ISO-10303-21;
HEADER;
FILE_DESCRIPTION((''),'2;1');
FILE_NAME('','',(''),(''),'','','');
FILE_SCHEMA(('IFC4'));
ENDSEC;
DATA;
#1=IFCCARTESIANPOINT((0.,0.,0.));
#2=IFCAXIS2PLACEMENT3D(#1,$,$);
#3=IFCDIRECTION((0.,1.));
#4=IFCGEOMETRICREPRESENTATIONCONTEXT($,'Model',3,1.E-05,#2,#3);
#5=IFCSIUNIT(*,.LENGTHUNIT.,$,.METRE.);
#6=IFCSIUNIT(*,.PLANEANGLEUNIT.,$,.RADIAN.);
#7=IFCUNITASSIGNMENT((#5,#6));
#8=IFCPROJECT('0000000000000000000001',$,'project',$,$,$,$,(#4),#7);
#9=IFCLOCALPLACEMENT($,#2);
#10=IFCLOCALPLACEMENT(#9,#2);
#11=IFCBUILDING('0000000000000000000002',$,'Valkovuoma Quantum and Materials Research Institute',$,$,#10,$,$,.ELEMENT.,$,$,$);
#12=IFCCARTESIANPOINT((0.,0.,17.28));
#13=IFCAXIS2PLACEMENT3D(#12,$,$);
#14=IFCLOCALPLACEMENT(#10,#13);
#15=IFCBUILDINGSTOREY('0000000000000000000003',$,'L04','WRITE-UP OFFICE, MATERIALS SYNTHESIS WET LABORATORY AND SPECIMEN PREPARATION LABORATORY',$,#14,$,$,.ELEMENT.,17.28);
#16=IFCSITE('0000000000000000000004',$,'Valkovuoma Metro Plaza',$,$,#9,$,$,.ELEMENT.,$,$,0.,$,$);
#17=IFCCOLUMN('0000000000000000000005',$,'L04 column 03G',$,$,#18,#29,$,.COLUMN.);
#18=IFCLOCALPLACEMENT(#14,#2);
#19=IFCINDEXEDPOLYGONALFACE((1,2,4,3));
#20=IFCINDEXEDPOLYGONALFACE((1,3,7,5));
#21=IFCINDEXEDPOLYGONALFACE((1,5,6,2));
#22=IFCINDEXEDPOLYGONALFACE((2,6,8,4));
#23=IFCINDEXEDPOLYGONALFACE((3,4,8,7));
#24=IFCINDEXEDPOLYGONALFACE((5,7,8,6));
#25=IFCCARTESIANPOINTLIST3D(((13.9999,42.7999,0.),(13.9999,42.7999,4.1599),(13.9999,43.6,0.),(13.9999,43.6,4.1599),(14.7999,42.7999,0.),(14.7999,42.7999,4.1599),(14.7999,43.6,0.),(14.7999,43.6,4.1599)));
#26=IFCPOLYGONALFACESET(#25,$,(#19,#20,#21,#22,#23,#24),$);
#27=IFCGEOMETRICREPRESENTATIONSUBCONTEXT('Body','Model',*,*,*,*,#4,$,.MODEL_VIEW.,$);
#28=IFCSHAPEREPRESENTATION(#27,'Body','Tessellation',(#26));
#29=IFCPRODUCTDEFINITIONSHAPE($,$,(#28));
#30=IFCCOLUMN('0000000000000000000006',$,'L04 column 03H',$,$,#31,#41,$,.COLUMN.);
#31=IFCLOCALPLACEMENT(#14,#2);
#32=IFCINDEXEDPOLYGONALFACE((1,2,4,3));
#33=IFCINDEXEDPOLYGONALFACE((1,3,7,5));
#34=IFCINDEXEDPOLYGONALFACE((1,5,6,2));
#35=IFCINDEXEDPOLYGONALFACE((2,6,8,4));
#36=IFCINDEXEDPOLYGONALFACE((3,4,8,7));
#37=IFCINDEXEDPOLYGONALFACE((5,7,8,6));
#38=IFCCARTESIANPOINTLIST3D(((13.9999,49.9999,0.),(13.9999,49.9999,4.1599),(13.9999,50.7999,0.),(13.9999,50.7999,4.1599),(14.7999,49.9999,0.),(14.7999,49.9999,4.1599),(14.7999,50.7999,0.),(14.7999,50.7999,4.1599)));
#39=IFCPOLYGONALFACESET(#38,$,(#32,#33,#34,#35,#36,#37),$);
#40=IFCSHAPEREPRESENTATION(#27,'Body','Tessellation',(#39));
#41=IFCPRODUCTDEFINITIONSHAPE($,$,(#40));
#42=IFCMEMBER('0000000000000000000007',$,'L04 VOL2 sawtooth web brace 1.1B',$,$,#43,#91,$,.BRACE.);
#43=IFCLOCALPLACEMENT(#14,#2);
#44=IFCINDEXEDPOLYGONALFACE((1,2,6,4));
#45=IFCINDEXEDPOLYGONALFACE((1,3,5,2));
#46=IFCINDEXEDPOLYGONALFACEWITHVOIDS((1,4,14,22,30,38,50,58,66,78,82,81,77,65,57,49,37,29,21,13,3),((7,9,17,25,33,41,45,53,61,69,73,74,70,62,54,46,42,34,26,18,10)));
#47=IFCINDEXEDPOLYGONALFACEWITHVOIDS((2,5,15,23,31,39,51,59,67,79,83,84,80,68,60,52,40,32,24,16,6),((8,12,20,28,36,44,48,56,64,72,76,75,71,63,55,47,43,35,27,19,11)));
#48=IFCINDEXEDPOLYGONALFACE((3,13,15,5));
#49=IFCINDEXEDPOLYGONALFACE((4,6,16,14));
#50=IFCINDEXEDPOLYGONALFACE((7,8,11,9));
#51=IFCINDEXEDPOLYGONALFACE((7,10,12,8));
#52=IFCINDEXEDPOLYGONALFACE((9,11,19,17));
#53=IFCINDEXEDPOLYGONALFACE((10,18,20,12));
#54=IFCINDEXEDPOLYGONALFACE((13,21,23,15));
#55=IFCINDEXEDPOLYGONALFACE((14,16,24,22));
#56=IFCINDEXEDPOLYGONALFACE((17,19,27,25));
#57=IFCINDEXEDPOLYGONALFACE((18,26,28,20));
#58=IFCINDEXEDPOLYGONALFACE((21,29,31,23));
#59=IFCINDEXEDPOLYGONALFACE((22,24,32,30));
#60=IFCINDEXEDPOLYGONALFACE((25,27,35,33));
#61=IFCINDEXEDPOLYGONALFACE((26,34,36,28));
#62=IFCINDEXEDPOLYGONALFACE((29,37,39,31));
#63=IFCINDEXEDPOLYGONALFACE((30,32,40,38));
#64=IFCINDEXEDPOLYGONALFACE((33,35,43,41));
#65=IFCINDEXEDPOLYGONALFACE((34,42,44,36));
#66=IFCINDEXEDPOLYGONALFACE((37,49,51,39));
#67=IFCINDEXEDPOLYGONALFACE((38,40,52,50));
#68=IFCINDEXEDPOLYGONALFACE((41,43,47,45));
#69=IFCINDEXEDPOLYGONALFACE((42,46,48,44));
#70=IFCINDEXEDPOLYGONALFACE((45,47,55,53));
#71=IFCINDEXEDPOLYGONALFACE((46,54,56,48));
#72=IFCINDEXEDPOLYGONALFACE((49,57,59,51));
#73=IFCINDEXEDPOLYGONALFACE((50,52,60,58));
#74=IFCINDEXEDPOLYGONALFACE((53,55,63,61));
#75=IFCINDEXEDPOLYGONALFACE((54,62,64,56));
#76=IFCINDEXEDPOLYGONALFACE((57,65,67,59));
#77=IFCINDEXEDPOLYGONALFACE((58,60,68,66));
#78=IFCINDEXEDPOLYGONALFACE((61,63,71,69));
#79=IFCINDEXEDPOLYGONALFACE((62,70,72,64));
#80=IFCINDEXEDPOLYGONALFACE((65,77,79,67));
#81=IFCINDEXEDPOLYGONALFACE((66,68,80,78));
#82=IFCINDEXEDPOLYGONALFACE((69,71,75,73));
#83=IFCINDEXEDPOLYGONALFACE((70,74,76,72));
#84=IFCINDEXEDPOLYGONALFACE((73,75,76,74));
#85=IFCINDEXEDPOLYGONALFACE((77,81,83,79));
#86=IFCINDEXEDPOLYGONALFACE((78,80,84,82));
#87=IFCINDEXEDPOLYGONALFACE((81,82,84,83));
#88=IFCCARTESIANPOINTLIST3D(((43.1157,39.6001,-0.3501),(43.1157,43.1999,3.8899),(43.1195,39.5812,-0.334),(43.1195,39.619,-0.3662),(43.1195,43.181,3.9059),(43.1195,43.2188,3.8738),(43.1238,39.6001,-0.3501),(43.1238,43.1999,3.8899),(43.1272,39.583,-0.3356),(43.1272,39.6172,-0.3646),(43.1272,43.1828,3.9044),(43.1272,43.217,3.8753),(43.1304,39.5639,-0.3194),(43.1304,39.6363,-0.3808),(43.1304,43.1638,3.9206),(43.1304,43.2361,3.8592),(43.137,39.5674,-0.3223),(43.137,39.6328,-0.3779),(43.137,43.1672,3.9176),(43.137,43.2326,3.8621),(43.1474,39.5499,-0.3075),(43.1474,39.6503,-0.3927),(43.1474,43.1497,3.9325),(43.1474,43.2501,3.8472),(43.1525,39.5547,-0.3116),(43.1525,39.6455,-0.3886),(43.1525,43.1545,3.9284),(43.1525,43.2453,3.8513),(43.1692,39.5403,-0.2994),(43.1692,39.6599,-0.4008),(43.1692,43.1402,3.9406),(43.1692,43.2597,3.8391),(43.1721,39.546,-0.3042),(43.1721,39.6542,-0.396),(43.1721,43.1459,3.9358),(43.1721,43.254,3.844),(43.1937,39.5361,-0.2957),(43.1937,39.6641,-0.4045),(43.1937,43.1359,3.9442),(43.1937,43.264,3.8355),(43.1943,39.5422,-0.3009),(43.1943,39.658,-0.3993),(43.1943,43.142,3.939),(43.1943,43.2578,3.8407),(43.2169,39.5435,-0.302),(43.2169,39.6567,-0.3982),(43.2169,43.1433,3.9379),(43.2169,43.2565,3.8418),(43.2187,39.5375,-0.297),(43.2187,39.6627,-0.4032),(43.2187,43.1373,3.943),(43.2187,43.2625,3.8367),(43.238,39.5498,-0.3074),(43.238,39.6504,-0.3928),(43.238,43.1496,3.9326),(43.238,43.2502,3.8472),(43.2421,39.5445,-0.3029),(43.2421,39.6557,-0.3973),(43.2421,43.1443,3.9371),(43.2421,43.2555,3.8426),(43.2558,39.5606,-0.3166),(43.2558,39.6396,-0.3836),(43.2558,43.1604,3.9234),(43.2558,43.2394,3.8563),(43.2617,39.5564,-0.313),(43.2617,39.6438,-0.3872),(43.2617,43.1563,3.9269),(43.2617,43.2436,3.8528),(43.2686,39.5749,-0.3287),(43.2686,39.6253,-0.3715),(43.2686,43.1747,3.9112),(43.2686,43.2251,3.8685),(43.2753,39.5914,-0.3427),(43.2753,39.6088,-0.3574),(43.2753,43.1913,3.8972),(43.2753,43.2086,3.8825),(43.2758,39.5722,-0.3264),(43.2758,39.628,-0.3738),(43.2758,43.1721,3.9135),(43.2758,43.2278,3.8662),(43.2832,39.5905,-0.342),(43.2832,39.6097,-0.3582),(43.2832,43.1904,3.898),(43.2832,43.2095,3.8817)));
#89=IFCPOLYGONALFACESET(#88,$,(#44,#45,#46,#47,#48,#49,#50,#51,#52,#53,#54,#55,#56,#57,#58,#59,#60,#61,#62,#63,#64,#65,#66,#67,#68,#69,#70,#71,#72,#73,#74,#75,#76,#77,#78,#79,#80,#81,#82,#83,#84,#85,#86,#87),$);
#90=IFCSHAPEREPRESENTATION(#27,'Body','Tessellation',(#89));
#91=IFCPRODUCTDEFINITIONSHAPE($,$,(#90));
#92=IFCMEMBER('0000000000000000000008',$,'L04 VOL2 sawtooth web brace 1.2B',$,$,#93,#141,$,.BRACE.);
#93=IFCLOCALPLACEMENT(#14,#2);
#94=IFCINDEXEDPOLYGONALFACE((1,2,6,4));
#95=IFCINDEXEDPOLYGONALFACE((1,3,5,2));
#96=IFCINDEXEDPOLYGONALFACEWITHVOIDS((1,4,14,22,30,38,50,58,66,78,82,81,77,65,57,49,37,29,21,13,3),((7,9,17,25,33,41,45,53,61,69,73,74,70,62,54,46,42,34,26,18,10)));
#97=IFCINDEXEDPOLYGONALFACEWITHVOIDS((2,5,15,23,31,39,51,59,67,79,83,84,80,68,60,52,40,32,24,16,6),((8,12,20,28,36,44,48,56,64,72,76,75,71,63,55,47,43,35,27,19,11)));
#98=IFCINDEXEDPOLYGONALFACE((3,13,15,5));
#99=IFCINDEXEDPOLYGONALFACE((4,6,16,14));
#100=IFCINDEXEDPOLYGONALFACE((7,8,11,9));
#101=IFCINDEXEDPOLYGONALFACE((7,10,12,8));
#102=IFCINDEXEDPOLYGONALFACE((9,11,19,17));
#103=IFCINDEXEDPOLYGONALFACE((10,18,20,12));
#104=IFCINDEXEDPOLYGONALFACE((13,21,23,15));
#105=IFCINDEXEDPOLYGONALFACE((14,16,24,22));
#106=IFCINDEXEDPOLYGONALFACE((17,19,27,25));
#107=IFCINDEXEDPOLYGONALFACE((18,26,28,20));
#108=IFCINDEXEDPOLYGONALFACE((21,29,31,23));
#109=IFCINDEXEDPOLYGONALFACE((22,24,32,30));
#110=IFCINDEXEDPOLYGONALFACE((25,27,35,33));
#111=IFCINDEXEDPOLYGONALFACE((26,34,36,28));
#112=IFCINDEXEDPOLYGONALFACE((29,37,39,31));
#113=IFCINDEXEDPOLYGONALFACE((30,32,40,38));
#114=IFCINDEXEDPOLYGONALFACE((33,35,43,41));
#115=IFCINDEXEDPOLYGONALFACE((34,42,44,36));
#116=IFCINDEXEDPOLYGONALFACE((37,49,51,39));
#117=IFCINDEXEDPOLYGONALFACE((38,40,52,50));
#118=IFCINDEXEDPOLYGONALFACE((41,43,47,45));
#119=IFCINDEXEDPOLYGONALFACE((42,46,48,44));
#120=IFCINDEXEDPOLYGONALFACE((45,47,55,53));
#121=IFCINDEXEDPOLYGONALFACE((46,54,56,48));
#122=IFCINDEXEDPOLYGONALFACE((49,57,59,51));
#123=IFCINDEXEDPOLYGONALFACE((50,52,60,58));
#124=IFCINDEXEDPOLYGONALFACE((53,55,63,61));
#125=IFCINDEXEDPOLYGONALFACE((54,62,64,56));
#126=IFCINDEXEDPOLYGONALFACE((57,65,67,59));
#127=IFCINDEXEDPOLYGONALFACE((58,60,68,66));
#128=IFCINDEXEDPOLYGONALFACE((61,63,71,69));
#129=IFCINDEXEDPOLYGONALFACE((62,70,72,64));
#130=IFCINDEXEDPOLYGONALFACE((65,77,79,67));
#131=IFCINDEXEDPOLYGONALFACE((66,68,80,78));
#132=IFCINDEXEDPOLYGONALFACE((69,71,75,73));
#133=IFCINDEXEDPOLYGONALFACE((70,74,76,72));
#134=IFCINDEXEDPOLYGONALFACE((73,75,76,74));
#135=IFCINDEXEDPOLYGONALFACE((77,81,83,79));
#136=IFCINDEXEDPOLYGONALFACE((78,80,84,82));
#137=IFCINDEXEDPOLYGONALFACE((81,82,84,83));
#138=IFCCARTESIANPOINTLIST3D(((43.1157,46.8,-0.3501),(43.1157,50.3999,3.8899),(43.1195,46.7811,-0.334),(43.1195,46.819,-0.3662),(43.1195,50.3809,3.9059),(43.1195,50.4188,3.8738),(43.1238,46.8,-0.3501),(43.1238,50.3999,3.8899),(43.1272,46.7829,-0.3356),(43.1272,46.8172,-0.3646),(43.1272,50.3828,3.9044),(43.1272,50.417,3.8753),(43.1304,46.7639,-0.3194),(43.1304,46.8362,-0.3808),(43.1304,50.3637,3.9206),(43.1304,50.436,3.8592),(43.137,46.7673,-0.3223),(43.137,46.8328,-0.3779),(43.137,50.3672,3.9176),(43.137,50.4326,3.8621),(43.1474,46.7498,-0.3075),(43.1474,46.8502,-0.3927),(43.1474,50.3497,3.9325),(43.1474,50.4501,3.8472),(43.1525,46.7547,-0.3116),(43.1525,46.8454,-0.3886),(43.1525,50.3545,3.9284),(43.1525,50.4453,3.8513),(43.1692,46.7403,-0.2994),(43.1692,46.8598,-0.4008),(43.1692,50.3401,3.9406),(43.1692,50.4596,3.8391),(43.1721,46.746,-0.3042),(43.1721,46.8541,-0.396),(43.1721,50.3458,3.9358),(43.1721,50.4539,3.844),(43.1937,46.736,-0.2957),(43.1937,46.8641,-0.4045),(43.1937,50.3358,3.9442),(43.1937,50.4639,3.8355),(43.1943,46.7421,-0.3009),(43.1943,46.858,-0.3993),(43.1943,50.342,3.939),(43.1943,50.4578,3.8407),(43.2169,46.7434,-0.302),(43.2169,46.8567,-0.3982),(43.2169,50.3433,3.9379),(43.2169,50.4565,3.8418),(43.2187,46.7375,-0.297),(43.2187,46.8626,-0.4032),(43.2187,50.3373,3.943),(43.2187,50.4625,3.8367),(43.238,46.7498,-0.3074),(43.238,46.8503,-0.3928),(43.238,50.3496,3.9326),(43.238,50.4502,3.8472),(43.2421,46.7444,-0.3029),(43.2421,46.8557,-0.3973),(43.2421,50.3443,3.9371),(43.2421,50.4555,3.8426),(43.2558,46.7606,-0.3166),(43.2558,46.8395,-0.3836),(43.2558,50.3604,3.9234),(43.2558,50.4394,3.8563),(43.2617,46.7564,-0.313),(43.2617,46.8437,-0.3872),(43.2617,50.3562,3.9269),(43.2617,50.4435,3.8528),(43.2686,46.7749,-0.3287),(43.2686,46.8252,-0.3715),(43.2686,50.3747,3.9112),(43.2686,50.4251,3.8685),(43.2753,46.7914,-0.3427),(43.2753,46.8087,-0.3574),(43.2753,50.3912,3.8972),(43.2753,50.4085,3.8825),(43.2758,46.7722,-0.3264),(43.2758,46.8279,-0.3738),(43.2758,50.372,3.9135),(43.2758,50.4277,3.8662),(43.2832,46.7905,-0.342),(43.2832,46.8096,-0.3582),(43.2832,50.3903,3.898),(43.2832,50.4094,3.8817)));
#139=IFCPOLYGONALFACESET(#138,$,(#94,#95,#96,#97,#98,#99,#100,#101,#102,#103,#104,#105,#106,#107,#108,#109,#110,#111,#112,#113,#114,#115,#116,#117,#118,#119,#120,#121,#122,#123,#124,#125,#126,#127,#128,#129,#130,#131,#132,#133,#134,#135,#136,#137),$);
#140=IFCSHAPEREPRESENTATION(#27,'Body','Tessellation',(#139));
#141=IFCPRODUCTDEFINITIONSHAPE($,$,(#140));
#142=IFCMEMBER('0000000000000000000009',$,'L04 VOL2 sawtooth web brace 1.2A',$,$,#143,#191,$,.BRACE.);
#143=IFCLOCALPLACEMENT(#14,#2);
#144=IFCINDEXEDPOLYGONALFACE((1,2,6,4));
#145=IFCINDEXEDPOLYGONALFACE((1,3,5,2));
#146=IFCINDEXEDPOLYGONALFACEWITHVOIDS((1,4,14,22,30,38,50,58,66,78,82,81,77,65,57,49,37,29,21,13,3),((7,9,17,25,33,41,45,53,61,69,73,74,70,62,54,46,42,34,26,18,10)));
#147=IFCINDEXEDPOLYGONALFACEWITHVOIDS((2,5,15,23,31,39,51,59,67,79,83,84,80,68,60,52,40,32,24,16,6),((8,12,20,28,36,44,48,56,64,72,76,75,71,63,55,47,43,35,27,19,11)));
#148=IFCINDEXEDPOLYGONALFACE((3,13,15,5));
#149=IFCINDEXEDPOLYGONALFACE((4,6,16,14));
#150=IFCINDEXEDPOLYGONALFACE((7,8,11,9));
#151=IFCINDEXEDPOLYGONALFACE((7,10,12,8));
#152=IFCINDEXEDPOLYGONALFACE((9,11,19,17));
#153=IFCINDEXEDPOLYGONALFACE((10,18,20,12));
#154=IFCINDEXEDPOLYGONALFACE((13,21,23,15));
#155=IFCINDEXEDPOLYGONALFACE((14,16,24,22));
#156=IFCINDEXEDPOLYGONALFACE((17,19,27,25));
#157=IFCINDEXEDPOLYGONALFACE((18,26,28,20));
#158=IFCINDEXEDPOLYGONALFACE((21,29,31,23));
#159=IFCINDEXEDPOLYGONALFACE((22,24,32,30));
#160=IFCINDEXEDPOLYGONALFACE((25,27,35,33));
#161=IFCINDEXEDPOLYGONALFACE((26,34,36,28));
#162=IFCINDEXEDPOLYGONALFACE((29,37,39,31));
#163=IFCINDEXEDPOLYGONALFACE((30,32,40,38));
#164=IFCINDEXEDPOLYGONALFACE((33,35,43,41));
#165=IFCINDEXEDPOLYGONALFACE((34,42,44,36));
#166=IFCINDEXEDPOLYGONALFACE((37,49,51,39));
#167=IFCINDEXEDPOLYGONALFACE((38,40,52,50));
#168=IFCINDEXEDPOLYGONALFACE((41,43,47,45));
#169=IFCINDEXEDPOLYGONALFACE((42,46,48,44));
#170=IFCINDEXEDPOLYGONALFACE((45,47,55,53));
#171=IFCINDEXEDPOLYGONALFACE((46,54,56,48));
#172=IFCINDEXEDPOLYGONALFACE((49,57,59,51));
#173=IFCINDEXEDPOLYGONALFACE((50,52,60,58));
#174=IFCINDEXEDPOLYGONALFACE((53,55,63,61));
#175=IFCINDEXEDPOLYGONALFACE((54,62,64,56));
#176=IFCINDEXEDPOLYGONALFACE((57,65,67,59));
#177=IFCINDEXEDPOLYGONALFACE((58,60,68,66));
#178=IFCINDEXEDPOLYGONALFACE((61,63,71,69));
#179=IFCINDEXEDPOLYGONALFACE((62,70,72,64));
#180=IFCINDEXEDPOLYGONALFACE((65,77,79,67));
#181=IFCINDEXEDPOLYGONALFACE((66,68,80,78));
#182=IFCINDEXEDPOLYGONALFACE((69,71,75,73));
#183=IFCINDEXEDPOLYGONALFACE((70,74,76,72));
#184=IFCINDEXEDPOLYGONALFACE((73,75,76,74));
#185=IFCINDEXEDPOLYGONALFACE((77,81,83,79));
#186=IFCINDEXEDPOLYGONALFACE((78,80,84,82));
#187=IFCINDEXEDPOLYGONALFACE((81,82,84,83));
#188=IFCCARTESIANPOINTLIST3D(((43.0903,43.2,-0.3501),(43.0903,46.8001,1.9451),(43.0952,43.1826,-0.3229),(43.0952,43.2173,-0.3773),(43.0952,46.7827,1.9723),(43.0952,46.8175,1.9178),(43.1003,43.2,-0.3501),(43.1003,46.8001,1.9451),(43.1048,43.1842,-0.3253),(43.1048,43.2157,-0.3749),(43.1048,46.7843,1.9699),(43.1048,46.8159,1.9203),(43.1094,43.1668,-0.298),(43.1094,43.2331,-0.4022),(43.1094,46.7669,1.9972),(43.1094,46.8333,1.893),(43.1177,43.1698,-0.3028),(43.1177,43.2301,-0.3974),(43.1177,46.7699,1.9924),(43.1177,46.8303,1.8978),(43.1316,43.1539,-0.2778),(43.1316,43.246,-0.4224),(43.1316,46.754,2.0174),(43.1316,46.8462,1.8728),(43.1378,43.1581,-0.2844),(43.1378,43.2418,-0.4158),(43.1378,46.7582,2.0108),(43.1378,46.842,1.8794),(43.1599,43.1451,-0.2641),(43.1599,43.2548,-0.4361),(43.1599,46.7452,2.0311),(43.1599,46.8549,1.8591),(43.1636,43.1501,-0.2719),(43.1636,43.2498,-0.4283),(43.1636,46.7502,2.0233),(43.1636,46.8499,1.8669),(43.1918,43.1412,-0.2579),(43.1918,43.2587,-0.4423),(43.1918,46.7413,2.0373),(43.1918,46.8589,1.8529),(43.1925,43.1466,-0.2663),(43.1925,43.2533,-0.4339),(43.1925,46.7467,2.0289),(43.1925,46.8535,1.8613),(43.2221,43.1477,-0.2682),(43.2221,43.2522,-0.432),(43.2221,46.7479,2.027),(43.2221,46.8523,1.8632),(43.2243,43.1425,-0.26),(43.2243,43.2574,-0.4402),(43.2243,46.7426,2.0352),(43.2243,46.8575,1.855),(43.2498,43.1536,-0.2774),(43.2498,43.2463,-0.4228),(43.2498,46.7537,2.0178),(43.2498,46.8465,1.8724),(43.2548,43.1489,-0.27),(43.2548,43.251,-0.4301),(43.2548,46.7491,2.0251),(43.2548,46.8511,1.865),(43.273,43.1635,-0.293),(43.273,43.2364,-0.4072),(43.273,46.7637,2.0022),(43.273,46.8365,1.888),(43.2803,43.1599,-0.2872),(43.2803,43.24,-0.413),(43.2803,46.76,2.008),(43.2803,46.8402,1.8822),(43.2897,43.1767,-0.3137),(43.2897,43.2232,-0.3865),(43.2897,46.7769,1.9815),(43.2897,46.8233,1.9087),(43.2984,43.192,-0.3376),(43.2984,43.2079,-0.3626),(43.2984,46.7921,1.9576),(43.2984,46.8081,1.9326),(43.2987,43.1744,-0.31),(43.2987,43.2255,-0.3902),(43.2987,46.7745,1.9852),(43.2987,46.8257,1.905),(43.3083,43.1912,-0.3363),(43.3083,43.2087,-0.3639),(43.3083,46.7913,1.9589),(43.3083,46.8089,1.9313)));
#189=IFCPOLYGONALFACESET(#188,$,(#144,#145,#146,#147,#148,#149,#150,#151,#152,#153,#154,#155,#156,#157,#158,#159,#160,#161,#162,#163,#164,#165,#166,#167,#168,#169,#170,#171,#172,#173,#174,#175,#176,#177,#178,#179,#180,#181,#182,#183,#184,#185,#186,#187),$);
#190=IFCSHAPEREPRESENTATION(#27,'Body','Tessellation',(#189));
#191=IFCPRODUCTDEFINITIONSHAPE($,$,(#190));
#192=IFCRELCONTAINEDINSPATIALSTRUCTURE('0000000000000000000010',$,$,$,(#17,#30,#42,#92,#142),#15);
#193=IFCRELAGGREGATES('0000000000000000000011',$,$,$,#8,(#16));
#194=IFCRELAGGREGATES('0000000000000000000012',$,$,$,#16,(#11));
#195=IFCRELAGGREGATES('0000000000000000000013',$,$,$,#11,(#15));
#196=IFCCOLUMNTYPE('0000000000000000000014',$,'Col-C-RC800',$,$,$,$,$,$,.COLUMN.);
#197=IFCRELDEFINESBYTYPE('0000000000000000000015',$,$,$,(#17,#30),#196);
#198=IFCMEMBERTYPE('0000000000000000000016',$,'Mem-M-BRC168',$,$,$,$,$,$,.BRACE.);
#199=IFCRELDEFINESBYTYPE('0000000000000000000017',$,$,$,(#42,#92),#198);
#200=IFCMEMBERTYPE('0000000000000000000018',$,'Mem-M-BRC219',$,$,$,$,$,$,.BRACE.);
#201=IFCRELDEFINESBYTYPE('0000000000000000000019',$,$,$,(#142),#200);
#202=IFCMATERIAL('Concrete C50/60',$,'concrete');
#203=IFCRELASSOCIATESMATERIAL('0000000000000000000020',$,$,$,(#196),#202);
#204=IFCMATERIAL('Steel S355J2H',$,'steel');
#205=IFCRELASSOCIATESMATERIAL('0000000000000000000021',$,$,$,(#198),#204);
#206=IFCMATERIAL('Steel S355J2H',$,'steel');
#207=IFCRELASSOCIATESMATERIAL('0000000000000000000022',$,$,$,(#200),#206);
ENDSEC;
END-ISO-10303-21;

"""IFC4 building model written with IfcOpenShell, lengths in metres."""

from ifc_helpers import new_model, si_unit, direction, frame, origin, origin_2d, place, context, subcontext, project, spatial, rectangle, hollow_circle, extrude, material, material_profile, profile_set, type_object, element, save


model = new_model("IFC4")

# Units and contexts
model_context = context("Model", 3, precision=1e-05, world=origin(), true_north=direction((0.0, 1.0)))
body_context = subcontext(model_context, "Body", "Model", "MODEL_VIEW")
ifc_project = project(units=[si_unit("LENGTHUNIT", "METRE"), si_unit("PLANEANGLEUNIT", "RADIAN")], contexts=[model_context])

# Site, building, storey
site_placement = place(None, origin())
site = spatial("IfcSite", under=ifc_project, at=site_placement, Name="Valkovuoma Metro Plaza", CompositionType="ELEMENT", RefElevation=0.0)
building_placement = place(site_placement, origin())
building = spatial("IfcBuilding", under=site, at=building_placement, Name="Valkovuoma Quantum and Materials Research Institute", CompositionType="ELEMENT")
storey_placement = place(building_placement, frame((0.0, 0.0, 17.28)))
storey = spatial("IfcBuildingStorey", under=building, at=storey_placement, Name="L04", Description="WRITE-UP OFFICE, MATERIALS SYNTHESIS WET LABORATORY AND SPECIMEN PREPARATION LABORATORY", CompositionType="ELEMENT", Elevation=17.28)

# Columns
ifc_material_1 = material(Name="Concrete C50/60", Category="concrete")
ifc_material_profile_1 = material_profile(ifc_material_1, rectangle(XDim=0.8, YDim=0.8, at=origin_2d()), Name="Concrete C50/60")
ifc_profile_set_1 = profile_set([ifc_material_profile_1], Name="Concrete C50/60")
column_type = type_object("IfcColumnType", Name="Col-C-RC800", PredefinedType="COLUMN", material=ifc_profile_set_1)
for number, where, z_axis, x_axis, name in (
    (1, (14.3999, 43.2, 0.0), (0.0, 0.0, 1.0), (1.0, 0.0, 0.0), "L04 column 03G"),
    (2, (14.3999, 50.3999, 0.0), (0.0, 0.0, 1.0), (1.0, 0.0, 0.0), "L04 column 03H"),
):
    element("IfcColumn", number, at=place(storey_placement, frame(where, z_axis=z_axis, x_axis=x_axis)), inside=storey, type_object=column_type, Name=name, PredefinedType="COLUMN", context=body_context, shape_type="SweptSolid", body=[
        extrude(rectangle(XDim=0.8, YDim=0.8, at=origin_2d()), origin(), (0.0, 0.0, 1.0), 4.1599),
    ])

# Members
ifc_material_2 = material(Name="Steel S355J2H", Category="steel")
ifc_material_profile_2 = material_profile(ifc_material_2, hollow_circle(Radius=0.0842, WallThickness=0.0081, at=origin_2d()), Name="Steel S355J2H")
ifc_profile_set_2 = profile_set([ifc_material_profile_2], Name="Steel S355J2H")
member_type_1 = type_object("IfcMemberType", Name="Mem-M-BRC168", PredefinedType="BRACE", material=ifc_profile_set_2)
for number, where, z_axis, x_axis, name in (
    (3, (43.2, 39.6001, -0.3501), (0.0, 0.647216, 0.762306), (-1.0, 0.0, 0.0), "L04 VOL2 sawtooth web brace 1.1B"),
    (4, (43.2, 46.8, -0.3501), (0.0, 0.647216, 0.762306), (-1.0, 0.0, 0.0), "L04 VOL2 sawtooth web brace 1.2B"),
):
    element("IfcMember", number, at=place(storey_placement, frame(where, z_axis=z_axis, x_axis=x_axis)), inside=storey, type_object=member_type_1, Name=name, PredefinedType="BRACE", context=body_context, shape_type="SweptSolid", body=[
        extrude(hollow_circle(Radius=0.0842, WallThickness=0.0081, at=origin_2d()), origin(), (0.0, 0.0, 1.0), 5.562),
    ])
ifc_material_3 = material(Name="Steel S355J2H", Category="steel")
ifc_material_profile_3 = material_profile(ifc_material_3, hollow_circle(Radius=0.1096, WallThickness=0.01, at=origin_2d()), Name="Steel S355J2H")
ifc_profile_set_3 = profile_set([ifc_material_profile_3], Name="Steel S355J2H")
member_type_2 = type_object("IfcMemberType", Name="Mem-M-BRC219", PredefinedType="BRACE", material=ifc_profile_set_3)
member_1_placement = place(storey_placement, frame((43.2, 43.2, -0.3501), z_axis=(0.0, 0.843216, 0.537575), x_axis=(-1.0, 0.0, 0.0)))
element("IfcMember", 5, at=member_1_placement, inside=storey, type_object=member_type_2, Name="L04 VOL2 sawtooth web brace 1.2A", PredefinedType="BRACE", context=body_context, shape_type="SweptSolid", body=[
    extrude(hollow_circle(Radius=0.1096, WallThickness=0.01, at=origin_2d()), origin(), (0.0, 0.0, 1.0), 4.2695),
])

save(model, "model.ifc")
